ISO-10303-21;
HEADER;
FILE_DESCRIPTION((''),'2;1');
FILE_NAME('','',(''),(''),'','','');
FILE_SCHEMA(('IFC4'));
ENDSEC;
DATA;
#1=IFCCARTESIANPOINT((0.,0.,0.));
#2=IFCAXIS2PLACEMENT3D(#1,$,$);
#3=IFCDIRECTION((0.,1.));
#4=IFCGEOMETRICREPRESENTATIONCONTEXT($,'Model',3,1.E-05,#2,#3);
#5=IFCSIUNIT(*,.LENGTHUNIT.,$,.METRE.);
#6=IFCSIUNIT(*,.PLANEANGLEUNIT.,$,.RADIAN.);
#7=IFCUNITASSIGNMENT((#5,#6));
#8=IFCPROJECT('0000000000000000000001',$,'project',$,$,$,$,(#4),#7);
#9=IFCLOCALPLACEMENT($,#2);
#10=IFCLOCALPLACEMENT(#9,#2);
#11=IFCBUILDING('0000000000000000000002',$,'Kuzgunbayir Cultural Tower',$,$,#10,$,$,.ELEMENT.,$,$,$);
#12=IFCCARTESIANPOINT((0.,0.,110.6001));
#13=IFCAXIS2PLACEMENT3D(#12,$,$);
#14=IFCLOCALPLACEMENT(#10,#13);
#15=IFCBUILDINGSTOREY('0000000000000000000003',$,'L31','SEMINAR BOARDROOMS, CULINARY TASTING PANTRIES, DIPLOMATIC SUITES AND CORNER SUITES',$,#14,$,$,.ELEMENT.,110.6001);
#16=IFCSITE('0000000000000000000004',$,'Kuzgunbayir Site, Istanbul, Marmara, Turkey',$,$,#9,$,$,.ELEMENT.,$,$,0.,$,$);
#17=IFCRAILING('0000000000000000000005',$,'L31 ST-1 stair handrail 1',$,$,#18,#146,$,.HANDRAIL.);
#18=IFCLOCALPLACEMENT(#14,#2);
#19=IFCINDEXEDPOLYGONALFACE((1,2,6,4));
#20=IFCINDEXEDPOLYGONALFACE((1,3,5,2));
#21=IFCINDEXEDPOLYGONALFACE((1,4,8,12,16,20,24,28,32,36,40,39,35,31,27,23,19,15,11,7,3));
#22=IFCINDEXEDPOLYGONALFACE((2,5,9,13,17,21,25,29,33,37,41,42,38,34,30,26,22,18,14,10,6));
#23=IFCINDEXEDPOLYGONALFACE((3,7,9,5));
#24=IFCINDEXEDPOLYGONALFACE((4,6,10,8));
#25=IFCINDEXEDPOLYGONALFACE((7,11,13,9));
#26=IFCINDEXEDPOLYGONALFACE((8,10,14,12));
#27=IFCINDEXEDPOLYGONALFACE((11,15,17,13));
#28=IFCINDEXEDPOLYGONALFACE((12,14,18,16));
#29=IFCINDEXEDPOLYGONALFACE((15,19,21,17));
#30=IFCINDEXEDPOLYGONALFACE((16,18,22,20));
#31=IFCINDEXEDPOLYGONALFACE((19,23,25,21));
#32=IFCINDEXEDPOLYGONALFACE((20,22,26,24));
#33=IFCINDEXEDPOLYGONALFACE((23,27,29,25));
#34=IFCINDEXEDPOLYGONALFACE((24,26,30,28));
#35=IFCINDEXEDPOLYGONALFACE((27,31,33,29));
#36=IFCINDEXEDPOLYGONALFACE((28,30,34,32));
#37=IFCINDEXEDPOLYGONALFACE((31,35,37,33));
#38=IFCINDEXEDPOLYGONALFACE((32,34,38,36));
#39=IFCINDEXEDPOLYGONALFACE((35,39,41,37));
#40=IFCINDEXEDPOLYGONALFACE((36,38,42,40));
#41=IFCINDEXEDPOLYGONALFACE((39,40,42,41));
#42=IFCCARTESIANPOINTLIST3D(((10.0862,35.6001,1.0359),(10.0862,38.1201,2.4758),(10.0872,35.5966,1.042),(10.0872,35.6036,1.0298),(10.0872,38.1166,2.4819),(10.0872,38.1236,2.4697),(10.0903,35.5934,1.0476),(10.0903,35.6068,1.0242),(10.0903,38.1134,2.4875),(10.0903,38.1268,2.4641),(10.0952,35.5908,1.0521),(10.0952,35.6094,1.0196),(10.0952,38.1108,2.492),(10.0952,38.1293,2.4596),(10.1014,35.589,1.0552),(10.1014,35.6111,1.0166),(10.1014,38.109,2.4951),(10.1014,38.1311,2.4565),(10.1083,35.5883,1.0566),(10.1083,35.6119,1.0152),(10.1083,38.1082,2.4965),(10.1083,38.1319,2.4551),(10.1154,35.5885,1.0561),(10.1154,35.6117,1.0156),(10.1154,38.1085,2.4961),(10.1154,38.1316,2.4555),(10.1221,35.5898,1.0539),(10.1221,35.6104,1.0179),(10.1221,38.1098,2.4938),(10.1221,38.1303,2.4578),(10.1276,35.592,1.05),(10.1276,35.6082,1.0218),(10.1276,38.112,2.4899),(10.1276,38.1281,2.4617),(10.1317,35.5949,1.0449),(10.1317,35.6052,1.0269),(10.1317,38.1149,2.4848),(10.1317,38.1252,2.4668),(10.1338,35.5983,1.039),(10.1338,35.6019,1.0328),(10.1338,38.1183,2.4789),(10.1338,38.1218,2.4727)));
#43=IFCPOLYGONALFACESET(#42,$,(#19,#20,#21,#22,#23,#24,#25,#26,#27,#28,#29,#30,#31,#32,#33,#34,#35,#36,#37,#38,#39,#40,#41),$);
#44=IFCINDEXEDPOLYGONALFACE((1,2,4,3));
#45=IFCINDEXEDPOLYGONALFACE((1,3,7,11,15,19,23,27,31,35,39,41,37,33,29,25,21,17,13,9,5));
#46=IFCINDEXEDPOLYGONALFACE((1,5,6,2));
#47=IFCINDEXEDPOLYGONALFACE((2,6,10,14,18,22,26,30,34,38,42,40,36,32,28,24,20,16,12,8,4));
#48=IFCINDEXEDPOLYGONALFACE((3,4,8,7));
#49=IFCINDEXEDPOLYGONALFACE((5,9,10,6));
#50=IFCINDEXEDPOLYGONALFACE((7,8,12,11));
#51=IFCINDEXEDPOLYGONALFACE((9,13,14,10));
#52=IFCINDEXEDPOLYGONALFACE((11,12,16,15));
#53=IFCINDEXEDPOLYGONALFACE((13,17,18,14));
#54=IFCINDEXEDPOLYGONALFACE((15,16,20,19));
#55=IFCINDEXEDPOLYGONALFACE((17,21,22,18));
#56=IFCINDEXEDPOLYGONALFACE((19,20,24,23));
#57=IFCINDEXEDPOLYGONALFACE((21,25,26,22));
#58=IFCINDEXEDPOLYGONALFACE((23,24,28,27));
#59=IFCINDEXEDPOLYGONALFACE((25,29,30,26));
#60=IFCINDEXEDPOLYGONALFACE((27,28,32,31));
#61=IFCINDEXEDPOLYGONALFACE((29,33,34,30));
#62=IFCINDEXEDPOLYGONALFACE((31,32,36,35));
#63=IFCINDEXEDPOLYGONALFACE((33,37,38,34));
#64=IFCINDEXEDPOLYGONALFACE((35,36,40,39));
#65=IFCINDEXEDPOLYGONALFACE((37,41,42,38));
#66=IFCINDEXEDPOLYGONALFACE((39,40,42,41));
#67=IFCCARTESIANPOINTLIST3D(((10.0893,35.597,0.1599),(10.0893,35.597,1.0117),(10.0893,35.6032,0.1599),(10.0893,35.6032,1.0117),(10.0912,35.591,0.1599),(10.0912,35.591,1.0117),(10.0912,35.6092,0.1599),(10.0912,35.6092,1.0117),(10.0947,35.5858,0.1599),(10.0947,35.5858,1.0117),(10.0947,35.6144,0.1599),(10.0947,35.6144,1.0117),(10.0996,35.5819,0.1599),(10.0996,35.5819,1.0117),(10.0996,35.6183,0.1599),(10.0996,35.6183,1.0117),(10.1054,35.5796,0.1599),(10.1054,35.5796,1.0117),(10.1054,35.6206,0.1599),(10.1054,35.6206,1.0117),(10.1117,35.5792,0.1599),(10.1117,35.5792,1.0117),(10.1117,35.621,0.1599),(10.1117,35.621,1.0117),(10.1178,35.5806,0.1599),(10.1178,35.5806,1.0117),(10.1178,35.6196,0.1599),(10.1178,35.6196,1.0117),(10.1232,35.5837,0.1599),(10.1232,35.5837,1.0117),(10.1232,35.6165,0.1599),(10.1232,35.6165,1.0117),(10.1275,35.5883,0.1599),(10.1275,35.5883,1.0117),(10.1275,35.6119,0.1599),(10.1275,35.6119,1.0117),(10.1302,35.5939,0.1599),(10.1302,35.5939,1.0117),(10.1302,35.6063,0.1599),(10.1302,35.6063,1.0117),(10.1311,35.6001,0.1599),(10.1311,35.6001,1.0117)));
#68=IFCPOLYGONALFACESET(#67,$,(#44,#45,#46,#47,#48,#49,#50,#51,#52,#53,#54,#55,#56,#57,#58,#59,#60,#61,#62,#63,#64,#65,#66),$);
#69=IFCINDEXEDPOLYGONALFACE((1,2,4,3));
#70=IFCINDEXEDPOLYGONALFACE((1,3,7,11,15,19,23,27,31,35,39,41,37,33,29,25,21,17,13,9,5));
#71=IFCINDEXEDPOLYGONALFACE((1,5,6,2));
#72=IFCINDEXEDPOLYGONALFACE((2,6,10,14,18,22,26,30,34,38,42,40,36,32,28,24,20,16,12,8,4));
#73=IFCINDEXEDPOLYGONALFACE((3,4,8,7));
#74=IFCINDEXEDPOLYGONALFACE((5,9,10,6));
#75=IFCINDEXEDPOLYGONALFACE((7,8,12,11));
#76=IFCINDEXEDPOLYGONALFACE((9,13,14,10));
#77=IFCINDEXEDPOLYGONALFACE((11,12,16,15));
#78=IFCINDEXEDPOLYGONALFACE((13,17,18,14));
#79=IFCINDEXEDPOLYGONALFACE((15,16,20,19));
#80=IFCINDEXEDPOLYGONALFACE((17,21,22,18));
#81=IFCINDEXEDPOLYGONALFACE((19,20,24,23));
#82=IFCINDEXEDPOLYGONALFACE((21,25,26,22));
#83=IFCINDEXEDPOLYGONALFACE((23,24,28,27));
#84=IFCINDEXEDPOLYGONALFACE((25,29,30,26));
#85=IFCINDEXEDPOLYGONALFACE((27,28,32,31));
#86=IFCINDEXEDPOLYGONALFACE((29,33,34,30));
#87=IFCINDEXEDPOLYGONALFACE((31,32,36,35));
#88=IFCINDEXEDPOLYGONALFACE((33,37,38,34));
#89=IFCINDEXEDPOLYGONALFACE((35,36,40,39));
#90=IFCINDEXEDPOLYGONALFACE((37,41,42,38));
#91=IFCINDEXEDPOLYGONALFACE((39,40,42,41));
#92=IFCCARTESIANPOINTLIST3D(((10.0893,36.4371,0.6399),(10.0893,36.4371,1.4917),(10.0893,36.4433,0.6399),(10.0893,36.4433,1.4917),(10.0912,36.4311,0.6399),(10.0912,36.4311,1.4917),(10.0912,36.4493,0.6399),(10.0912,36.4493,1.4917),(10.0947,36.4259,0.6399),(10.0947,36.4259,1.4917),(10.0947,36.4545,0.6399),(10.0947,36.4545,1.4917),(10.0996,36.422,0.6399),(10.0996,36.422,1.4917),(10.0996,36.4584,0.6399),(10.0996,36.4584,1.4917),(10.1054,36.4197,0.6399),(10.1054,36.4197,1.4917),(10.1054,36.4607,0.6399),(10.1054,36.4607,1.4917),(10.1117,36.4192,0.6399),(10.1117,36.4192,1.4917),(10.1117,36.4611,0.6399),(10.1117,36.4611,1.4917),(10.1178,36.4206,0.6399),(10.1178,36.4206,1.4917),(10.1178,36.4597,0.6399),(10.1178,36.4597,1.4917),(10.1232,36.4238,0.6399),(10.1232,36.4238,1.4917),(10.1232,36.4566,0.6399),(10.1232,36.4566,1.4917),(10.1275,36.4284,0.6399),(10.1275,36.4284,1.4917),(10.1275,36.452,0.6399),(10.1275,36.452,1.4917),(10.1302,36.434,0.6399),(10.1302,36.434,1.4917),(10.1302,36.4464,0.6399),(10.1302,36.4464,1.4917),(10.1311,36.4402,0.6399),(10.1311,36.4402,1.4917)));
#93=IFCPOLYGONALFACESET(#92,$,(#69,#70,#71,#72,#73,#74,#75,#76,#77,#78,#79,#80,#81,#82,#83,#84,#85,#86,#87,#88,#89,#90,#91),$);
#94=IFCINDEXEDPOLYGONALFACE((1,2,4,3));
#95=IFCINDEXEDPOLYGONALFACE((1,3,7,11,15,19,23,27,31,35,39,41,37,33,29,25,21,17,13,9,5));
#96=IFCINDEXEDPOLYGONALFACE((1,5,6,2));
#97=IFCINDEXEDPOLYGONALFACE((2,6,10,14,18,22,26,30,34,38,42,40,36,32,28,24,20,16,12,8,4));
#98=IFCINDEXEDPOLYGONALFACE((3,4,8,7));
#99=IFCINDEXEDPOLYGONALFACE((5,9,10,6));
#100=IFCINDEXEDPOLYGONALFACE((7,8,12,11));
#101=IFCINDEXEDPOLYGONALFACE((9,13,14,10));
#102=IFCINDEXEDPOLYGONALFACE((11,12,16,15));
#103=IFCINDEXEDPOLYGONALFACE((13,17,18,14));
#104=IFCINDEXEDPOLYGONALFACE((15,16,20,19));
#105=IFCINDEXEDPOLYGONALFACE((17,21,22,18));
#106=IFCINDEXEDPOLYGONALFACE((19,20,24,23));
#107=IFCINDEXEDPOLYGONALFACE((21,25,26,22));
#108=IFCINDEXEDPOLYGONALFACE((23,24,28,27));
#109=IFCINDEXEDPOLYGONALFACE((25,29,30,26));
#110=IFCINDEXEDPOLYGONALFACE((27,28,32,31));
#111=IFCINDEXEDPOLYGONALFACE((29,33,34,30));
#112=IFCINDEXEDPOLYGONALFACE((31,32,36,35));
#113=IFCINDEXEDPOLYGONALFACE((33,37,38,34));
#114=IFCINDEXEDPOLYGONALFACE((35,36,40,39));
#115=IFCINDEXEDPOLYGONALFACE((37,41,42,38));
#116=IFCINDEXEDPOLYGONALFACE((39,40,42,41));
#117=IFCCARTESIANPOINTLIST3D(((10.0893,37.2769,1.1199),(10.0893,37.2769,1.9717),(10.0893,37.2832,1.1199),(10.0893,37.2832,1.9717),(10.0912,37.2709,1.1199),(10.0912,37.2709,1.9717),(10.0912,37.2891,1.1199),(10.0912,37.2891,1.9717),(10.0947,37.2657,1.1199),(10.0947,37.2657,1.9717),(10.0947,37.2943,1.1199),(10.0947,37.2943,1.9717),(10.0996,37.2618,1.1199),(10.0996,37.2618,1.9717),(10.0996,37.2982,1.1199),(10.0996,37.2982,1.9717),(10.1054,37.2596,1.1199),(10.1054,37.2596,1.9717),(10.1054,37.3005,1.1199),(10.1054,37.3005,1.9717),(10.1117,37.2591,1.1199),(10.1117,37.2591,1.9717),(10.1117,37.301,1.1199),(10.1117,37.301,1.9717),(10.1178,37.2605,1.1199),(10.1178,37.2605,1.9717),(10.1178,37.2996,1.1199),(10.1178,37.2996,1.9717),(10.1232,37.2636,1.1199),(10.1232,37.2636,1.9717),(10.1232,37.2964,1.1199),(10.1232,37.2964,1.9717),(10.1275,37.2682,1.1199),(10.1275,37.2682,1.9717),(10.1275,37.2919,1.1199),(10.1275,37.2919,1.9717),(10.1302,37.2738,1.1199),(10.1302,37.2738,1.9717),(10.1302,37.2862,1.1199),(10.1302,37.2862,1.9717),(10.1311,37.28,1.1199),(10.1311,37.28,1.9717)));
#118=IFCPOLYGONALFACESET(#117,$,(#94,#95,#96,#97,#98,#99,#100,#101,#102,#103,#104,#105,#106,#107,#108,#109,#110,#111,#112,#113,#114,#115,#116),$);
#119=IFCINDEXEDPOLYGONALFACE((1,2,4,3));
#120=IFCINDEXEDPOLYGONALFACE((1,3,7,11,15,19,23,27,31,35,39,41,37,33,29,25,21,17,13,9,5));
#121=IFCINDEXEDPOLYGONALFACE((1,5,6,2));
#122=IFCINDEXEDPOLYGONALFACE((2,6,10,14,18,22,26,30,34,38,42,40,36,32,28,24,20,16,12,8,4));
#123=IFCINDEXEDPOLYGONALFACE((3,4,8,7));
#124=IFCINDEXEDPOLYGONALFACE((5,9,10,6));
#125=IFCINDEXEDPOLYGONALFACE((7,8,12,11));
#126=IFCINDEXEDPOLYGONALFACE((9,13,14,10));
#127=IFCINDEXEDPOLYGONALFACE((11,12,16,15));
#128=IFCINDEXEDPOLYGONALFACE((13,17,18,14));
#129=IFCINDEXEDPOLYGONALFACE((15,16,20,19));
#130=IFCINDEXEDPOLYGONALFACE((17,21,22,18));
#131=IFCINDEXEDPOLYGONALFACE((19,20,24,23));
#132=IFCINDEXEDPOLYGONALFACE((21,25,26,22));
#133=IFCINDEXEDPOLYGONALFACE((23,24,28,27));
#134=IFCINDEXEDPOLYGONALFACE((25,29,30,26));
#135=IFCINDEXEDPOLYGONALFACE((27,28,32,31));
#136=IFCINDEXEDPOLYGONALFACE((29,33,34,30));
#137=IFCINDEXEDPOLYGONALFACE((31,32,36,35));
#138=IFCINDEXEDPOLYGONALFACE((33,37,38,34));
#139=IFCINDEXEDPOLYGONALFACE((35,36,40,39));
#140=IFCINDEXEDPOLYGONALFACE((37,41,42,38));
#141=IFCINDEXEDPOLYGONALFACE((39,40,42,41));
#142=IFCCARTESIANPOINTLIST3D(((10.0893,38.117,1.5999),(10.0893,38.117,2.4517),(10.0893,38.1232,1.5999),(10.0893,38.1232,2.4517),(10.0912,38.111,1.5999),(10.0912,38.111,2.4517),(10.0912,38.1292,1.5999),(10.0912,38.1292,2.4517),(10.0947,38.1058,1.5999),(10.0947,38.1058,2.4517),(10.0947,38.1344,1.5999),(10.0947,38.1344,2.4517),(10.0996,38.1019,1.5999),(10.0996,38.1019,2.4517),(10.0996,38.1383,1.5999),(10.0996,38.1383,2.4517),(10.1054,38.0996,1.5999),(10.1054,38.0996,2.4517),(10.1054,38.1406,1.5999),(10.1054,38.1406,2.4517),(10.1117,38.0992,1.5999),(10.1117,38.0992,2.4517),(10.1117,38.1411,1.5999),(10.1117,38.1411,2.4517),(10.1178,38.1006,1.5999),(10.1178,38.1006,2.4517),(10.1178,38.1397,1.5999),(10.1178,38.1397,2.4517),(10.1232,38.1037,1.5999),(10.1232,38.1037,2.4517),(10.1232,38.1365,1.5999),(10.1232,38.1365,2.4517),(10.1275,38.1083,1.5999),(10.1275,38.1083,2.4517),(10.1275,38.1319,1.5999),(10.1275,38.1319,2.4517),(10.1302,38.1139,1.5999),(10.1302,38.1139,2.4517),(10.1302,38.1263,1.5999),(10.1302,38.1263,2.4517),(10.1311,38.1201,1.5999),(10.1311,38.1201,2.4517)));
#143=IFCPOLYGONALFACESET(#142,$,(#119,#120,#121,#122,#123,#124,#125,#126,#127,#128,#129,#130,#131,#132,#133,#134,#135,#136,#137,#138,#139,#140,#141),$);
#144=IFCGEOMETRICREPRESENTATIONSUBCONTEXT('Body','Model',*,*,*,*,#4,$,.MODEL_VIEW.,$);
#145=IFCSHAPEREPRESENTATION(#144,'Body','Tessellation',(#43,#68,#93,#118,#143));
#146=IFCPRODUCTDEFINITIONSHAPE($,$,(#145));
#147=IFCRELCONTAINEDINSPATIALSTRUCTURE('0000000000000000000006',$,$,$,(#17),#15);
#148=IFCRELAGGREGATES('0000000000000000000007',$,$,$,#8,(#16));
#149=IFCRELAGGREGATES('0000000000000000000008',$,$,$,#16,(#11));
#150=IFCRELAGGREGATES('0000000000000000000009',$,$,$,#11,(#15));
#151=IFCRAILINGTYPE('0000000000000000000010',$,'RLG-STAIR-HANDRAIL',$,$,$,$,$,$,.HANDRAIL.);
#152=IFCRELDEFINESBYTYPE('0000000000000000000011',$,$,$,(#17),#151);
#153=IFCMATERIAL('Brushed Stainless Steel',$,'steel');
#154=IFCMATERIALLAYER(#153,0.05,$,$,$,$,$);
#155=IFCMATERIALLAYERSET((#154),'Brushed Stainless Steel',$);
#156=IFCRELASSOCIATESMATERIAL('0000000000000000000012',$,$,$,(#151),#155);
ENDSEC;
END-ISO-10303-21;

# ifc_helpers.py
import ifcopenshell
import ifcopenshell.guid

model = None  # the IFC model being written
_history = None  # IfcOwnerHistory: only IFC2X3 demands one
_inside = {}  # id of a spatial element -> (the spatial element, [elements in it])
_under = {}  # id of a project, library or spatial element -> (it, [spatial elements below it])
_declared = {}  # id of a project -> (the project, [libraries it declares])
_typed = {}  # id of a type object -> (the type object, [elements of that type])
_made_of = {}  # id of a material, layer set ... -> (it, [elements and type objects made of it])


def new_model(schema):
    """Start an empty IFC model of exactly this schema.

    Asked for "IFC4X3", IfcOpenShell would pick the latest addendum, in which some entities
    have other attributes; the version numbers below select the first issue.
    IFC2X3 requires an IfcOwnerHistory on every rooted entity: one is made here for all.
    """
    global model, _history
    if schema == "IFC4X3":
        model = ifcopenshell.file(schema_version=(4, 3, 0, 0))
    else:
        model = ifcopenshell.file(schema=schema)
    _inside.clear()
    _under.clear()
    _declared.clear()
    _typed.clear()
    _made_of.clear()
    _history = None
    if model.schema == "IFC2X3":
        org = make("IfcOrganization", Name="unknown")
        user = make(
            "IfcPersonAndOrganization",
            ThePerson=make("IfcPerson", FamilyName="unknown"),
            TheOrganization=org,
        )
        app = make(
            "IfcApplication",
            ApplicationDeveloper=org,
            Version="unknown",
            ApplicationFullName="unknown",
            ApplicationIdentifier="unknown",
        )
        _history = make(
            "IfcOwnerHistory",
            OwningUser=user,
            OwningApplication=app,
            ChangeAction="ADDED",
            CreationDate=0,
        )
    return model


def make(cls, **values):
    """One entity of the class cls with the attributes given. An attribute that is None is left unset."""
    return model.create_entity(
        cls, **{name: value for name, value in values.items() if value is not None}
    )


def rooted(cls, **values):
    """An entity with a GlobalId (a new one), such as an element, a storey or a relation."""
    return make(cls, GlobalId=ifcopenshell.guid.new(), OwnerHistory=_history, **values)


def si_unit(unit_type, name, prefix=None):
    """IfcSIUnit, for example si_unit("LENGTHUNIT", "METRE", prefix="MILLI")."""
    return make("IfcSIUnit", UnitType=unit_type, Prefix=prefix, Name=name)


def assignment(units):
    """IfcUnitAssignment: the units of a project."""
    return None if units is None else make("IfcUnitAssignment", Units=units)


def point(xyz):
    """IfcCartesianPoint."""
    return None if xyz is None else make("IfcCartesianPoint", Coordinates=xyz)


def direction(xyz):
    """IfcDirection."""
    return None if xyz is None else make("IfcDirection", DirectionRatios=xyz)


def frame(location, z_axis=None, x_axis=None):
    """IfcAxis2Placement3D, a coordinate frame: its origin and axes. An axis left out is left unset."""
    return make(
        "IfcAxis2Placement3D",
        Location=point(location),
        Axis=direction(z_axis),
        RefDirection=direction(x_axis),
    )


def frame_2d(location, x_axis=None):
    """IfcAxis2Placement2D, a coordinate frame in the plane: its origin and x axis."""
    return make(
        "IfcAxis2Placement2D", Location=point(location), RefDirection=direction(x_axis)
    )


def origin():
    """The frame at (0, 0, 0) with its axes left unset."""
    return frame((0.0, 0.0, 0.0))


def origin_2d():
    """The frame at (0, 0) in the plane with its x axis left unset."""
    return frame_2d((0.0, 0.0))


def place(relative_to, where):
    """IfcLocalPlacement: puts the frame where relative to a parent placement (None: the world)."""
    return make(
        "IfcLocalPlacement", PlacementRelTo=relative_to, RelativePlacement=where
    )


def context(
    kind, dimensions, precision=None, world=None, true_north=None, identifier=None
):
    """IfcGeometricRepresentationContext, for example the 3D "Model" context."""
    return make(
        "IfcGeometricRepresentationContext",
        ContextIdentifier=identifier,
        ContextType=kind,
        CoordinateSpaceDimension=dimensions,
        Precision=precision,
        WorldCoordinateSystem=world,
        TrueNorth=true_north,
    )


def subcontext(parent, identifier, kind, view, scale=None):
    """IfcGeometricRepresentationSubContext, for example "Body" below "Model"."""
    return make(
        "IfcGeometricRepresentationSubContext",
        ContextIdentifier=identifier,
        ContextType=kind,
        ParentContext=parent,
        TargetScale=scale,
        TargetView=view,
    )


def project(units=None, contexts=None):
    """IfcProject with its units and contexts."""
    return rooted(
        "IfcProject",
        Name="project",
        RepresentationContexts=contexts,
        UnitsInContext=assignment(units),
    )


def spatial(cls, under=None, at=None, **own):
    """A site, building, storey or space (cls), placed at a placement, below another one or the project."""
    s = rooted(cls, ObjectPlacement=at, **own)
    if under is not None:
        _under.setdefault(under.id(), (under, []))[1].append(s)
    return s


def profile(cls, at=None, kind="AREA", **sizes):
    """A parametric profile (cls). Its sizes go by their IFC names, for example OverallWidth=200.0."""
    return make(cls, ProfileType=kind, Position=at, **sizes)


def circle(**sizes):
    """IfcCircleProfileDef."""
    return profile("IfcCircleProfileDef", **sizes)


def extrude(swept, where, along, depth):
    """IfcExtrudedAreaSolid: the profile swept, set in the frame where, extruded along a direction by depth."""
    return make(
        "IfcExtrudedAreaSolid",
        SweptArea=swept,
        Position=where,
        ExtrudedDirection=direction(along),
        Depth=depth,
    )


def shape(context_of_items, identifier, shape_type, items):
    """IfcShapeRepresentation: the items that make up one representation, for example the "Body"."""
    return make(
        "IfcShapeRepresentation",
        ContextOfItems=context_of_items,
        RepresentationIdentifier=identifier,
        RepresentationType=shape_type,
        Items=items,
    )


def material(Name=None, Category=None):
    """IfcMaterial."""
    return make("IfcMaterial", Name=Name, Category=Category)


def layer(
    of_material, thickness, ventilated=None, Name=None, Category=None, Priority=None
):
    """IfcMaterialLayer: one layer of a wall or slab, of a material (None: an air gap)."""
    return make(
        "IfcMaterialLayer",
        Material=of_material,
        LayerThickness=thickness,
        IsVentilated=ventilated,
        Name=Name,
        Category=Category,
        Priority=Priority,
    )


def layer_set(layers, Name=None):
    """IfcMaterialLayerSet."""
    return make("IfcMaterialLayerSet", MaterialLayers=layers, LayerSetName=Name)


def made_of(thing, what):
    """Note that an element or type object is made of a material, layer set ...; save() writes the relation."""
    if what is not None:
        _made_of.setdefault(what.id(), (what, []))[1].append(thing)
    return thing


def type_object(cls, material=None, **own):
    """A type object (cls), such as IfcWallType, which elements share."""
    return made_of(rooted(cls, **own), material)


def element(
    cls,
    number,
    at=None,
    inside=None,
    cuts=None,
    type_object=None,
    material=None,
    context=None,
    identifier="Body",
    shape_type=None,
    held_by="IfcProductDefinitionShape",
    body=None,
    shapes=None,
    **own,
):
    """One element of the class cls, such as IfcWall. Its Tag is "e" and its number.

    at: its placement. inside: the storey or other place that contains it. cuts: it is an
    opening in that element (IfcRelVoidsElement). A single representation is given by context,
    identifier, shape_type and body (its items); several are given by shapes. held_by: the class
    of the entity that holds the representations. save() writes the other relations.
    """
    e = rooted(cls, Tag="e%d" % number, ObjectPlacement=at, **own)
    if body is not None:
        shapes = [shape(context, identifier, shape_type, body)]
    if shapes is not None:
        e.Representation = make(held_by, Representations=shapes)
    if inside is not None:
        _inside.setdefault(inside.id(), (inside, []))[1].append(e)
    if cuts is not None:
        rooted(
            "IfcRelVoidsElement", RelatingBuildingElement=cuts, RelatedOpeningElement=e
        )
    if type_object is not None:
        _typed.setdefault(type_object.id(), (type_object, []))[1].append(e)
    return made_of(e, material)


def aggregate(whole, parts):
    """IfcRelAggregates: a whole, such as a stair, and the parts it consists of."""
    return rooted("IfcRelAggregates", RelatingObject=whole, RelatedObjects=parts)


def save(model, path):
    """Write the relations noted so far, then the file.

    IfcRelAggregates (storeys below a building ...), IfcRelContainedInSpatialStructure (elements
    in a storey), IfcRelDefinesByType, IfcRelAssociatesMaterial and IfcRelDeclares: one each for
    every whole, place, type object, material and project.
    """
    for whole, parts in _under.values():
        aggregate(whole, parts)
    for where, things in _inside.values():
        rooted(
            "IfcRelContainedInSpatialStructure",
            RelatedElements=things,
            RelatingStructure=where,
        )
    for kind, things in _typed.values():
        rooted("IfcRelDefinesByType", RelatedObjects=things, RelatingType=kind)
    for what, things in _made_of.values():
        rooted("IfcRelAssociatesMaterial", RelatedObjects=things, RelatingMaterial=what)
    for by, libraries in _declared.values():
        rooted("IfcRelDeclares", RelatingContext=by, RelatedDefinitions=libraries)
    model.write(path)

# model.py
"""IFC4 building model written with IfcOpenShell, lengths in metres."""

from ifc_helpers import new_model, si_unit, direction, frame, origin, origin_2d, place, context, subcontext, project, spatial, circle, extrude, material, layer, layer_set, type_object, element, save


model = new_model("IFC4")

# Units and contexts
model_context = context("Model", 3, precision=1e-05, world=origin(), true_north=direction((0.0, 1.0)))
body_context = subcontext(model_context, "Body", "Model", "MODEL_VIEW")
ifc_project = project(units=[si_unit("LENGTHUNIT", "METRE"), si_unit("PLANEANGLEUNIT", "RADIAN")], contexts=[model_context])

# Site, building, storey
site_placement = place(None, origin())
site = spatial("IfcSite", under=ifc_project, at=site_placement, Name="Kuzgunbayir Site, Istanbul, Marmara, Turkey", CompositionType="ELEMENT", RefElevation=0.0)
building_placement = place(site_placement, origin())
building = spatial("IfcBuilding", under=site, at=building_placement, Name="Kuzgunbayir Cultural Tower", CompositionType="ELEMENT")
storey_placement = place(building_placement, frame((0.0, 0.0, 110.6001)))
storey = spatial("IfcBuildingStorey", under=building, at=storey_placement, Name="L31", Description="SEMINAR BOARDROOMS, CULINARY TASTING PANTRIES, DIPLOMATIC SUITES AND CORNER SUITES", CompositionType="ELEMENT", Elevation=110.6001)

# Shared definitions
ifc_material_1 = material(Name="Brushed Stainless Steel", Category="steel")

# Railing
ifc_layer_1 = layer(ifc_material_1, 0.05)
ifc_layer_set_1 = layer_set([ifc_layer_1], Name="Brushed Stainless Steel")
railing_type = type_object("IfcRailingType", Name="RLG-STAIR-HANDRAIL", PredefinedType="HANDRAIL", material=ifc_layer_set_1)
railing_placement = place(storey_placement, frame((10.1101, 35.6001, 0.1599)))
element("IfcRailing", 1, at=railing_placement, inside=storey, type_object=railing_type, Name="L31 ST-1 stair handrail 1", PredefinedType="HANDRAIL", context=body_context, shape_type="SweptSolid", body=[
    extrude(circle(Radius=0.0239, at=origin_2d()), frame((0.0, 0.0, 0.876), z_axis=(0.0, 0.868253, 0.496121), x_axis=(-1.0, 0.0, 0.0)), (0.0, 0.0, 1.0), 2.9023),
    extrude(circle(Radius=0.021, at=origin_2d()), origin(), (0.0, 0.0, 1.0), 0.8518),
    extrude(circle(Radius=0.021, at=origin_2d()), frame((0.0, 0.8401, 0.48)), (0.0, 0.0, 1.0), 0.8518),
    extrude(circle(Radius=0.021, at=origin_2d()), frame((0.0, 1.6799, 0.96)), (0.0, 0.0, 1.0), 0.8518),
    extrude(circle(Radius=0.021, at=origin_2d()), frame((0.0, 2.52, 1.4399)), (0.0, 0.0, 1.0), 0.8518),
])

save(model, "model.ifc")
